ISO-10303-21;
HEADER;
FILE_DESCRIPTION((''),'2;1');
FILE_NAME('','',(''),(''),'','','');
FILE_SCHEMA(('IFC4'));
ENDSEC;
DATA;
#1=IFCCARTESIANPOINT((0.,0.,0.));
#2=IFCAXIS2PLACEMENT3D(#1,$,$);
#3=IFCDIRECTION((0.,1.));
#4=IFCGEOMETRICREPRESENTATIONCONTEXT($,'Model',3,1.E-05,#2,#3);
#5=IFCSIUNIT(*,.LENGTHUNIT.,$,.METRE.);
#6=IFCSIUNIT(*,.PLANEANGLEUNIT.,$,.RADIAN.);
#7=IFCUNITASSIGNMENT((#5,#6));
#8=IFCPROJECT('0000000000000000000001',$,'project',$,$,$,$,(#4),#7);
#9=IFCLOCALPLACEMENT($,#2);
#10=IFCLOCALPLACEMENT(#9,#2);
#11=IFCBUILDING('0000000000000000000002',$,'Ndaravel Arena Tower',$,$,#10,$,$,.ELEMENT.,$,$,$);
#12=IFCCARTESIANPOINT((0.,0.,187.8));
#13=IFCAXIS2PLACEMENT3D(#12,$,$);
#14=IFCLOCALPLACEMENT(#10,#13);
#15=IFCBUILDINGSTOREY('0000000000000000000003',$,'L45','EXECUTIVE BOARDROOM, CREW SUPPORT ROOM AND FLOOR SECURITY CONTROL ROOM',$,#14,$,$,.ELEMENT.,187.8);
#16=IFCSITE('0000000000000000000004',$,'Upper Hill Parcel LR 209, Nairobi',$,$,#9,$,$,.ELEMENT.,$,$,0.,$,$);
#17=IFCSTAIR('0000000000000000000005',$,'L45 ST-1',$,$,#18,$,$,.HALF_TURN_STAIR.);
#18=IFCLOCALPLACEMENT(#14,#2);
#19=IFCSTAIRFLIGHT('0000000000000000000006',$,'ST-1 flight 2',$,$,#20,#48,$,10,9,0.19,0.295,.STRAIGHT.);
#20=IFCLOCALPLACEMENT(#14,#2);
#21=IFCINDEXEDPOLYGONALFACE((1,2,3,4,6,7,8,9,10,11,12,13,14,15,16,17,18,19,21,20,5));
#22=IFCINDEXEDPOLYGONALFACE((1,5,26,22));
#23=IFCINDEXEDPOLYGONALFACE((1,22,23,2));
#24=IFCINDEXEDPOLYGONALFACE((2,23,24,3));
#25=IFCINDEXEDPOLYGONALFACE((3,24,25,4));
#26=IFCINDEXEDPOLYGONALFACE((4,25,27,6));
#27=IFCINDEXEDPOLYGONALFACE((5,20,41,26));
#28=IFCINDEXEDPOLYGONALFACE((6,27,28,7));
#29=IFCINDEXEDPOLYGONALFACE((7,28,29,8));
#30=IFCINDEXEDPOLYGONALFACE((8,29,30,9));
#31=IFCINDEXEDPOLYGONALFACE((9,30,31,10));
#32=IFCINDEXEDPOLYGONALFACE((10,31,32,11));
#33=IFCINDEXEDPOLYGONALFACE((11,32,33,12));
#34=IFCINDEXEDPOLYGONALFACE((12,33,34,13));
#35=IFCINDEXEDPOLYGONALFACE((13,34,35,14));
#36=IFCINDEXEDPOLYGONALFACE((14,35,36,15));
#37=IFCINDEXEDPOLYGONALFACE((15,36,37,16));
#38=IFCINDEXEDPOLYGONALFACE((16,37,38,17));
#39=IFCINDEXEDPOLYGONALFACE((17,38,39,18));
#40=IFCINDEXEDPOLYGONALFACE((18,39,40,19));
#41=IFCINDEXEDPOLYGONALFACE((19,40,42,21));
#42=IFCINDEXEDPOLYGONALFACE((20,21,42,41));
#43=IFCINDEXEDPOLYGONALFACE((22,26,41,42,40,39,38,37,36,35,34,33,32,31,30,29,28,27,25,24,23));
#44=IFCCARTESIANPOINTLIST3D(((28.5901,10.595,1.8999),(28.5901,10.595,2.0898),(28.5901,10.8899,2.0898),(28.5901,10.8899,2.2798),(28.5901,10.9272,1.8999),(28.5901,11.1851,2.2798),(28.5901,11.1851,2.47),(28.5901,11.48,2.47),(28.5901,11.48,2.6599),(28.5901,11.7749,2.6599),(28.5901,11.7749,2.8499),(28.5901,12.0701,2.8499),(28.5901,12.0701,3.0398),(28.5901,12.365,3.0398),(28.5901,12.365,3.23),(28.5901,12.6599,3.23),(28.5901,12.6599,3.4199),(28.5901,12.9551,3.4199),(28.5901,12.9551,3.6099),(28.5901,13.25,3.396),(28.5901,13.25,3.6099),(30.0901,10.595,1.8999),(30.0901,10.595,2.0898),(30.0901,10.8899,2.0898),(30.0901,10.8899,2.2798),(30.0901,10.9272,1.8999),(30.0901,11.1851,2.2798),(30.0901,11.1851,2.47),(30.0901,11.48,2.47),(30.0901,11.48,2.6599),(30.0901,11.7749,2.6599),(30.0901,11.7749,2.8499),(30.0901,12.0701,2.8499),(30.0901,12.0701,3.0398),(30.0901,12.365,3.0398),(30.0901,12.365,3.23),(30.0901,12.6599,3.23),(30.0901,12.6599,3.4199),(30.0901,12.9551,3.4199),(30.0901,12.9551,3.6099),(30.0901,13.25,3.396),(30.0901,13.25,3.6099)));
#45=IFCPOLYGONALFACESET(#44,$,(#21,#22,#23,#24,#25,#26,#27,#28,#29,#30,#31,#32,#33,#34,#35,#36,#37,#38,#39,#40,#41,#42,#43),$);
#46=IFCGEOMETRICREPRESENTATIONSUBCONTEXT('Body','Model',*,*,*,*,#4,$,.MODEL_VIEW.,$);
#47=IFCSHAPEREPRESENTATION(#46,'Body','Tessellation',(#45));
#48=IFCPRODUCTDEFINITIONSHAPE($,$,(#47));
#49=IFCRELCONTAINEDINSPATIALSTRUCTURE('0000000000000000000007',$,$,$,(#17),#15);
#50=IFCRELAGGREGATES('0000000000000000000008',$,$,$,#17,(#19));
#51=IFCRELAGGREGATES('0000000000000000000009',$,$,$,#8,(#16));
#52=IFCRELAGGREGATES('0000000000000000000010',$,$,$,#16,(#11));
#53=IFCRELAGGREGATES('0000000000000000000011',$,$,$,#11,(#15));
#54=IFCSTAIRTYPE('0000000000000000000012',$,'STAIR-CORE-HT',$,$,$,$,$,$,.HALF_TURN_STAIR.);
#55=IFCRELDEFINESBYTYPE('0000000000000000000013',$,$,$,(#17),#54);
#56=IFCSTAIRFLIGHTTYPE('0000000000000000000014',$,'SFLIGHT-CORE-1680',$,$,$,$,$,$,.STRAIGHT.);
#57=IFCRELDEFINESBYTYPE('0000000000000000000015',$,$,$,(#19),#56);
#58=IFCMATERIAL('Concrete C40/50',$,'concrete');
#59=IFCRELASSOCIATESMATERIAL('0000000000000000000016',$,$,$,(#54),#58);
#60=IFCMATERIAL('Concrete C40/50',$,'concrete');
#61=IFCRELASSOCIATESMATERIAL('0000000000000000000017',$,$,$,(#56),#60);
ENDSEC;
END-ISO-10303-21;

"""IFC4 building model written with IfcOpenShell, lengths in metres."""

from ifc_helpers import new_model, si_unit, direction, frame, origin, place, context, subcontext, project, spatial, polyline, outline, extrude, material, type_object, element, aggregate, save


model = new_model("IFC4")

# Units and contexts
model_context = context("Model", 3, precision=1e-05, world=origin(), true_north=direction((0.0, 1.0)))
body_context = subcontext(model_context, "Body", "Model", "MODEL_VIEW")
ifc_project = project(units=[si_unit("LENGTHUNIT", "METRE"), si_unit("PLANEANGLEUNIT", "RADIAN")], contexts=[model_context])

# Site, building, storey
site_placement = place(None, origin())
site = spatial("IfcSite", under=ifc_project, at=site_placement, Name="Upper Hill Parcel LR 209, Nairobi", CompositionType="ELEMENT", RefElevation=0.0)
building_placement = place(site_placement, origin())
building = spatial("IfcBuilding", under=site, at=building_placement, Name="Ndaravel Arena Tower", CompositionType="ELEMENT")
storey_placement = place(building_placement, frame((0.0, 0.0, 187.8)))
storey = spatial("IfcBuildingStorey", under=building, at=storey_placement, Name="L45", Description="EXECUTIVE BOARDROOM, CREW SUPPORT ROOM AND FLOOR SECURITY CONTROL ROOM", CompositionType="ELEMENT", Elevation=187.8)

# Stair, stair flight
ifc_material_1 = material(Name="Concrete C40/50", Category="concrete")
stair_type = type_object("IfcStairType", Name="STAIR-CORE-HT", PredefinedType="HALF_TURN_STAIR", material=ifc_material_1)
stair_placement = place(storey_placement, origin())
stair = element("IfcStair", 1, at=stair_placement, inside=storey, type_object=stair_type, Name="L45 ST-1", PredefinedType="HALF_TURN_STAIR")
ifc_material_2 = material(Name="Concrete C40/50", Category="concrete")
stair_flight_type = type_object("IfcStairFlightType", Name="SFLIGHT-CORE-1680", PredefinedType="STRAIGHT", material=ifc_material_2)
stair_flight_placement = place(storey_placement, frame((29.3401, 10.595, 1.8999), z_axis=(0.0, 0.0, 1.0), x_axis=(0.0, 1.0, 0.0)))
stair_flight = element("IfcStairFlight", 2, at=stair_flight_placement, type_object=stair_flight_type, Name="ST-1 flight 2", NumberOfRisers=10, NumberOfTreads=9, PredefinedType="STRAIGHT", RiserHeight=0.19, TreadLength=0.295, context=body_context, shape_type="SweptSolid", body=[
    extrude(outline(polyline([(0.0, 0.0), (0.0, 0.1899), (0.2949, 0.1899), (0.2949, 0.3799), (0.5901, 0.3799), (0.5901, 0.5701), (0.885, 0.5701), (0.885, 0.76), (1.1799, 0.76), (1.1799, 0.95), (1.4751, 0.95), (1.4751, 1.1399), (1.77, 1.1399), (1.77, 1.3301), (2.0649, 1.3301), (2.0649, 1.52), (2.3601, 1.52), (2.3601, 1.71), (2.655, 1.71), (2.655, 1.8999), (2.655, 1.4961), (0.3323, 0.0), (0.0, 0.0)])), frame((0.0, 0.75, 0.0), z_axis=(0.0, -1.0, 0.0), x_axis=(1.0, 0.0, 0.0)), (0.0, 0.0, 1.0), 1.5),
])
aggregate(stair, [stair_flight])

save(model, "model.ifc")
